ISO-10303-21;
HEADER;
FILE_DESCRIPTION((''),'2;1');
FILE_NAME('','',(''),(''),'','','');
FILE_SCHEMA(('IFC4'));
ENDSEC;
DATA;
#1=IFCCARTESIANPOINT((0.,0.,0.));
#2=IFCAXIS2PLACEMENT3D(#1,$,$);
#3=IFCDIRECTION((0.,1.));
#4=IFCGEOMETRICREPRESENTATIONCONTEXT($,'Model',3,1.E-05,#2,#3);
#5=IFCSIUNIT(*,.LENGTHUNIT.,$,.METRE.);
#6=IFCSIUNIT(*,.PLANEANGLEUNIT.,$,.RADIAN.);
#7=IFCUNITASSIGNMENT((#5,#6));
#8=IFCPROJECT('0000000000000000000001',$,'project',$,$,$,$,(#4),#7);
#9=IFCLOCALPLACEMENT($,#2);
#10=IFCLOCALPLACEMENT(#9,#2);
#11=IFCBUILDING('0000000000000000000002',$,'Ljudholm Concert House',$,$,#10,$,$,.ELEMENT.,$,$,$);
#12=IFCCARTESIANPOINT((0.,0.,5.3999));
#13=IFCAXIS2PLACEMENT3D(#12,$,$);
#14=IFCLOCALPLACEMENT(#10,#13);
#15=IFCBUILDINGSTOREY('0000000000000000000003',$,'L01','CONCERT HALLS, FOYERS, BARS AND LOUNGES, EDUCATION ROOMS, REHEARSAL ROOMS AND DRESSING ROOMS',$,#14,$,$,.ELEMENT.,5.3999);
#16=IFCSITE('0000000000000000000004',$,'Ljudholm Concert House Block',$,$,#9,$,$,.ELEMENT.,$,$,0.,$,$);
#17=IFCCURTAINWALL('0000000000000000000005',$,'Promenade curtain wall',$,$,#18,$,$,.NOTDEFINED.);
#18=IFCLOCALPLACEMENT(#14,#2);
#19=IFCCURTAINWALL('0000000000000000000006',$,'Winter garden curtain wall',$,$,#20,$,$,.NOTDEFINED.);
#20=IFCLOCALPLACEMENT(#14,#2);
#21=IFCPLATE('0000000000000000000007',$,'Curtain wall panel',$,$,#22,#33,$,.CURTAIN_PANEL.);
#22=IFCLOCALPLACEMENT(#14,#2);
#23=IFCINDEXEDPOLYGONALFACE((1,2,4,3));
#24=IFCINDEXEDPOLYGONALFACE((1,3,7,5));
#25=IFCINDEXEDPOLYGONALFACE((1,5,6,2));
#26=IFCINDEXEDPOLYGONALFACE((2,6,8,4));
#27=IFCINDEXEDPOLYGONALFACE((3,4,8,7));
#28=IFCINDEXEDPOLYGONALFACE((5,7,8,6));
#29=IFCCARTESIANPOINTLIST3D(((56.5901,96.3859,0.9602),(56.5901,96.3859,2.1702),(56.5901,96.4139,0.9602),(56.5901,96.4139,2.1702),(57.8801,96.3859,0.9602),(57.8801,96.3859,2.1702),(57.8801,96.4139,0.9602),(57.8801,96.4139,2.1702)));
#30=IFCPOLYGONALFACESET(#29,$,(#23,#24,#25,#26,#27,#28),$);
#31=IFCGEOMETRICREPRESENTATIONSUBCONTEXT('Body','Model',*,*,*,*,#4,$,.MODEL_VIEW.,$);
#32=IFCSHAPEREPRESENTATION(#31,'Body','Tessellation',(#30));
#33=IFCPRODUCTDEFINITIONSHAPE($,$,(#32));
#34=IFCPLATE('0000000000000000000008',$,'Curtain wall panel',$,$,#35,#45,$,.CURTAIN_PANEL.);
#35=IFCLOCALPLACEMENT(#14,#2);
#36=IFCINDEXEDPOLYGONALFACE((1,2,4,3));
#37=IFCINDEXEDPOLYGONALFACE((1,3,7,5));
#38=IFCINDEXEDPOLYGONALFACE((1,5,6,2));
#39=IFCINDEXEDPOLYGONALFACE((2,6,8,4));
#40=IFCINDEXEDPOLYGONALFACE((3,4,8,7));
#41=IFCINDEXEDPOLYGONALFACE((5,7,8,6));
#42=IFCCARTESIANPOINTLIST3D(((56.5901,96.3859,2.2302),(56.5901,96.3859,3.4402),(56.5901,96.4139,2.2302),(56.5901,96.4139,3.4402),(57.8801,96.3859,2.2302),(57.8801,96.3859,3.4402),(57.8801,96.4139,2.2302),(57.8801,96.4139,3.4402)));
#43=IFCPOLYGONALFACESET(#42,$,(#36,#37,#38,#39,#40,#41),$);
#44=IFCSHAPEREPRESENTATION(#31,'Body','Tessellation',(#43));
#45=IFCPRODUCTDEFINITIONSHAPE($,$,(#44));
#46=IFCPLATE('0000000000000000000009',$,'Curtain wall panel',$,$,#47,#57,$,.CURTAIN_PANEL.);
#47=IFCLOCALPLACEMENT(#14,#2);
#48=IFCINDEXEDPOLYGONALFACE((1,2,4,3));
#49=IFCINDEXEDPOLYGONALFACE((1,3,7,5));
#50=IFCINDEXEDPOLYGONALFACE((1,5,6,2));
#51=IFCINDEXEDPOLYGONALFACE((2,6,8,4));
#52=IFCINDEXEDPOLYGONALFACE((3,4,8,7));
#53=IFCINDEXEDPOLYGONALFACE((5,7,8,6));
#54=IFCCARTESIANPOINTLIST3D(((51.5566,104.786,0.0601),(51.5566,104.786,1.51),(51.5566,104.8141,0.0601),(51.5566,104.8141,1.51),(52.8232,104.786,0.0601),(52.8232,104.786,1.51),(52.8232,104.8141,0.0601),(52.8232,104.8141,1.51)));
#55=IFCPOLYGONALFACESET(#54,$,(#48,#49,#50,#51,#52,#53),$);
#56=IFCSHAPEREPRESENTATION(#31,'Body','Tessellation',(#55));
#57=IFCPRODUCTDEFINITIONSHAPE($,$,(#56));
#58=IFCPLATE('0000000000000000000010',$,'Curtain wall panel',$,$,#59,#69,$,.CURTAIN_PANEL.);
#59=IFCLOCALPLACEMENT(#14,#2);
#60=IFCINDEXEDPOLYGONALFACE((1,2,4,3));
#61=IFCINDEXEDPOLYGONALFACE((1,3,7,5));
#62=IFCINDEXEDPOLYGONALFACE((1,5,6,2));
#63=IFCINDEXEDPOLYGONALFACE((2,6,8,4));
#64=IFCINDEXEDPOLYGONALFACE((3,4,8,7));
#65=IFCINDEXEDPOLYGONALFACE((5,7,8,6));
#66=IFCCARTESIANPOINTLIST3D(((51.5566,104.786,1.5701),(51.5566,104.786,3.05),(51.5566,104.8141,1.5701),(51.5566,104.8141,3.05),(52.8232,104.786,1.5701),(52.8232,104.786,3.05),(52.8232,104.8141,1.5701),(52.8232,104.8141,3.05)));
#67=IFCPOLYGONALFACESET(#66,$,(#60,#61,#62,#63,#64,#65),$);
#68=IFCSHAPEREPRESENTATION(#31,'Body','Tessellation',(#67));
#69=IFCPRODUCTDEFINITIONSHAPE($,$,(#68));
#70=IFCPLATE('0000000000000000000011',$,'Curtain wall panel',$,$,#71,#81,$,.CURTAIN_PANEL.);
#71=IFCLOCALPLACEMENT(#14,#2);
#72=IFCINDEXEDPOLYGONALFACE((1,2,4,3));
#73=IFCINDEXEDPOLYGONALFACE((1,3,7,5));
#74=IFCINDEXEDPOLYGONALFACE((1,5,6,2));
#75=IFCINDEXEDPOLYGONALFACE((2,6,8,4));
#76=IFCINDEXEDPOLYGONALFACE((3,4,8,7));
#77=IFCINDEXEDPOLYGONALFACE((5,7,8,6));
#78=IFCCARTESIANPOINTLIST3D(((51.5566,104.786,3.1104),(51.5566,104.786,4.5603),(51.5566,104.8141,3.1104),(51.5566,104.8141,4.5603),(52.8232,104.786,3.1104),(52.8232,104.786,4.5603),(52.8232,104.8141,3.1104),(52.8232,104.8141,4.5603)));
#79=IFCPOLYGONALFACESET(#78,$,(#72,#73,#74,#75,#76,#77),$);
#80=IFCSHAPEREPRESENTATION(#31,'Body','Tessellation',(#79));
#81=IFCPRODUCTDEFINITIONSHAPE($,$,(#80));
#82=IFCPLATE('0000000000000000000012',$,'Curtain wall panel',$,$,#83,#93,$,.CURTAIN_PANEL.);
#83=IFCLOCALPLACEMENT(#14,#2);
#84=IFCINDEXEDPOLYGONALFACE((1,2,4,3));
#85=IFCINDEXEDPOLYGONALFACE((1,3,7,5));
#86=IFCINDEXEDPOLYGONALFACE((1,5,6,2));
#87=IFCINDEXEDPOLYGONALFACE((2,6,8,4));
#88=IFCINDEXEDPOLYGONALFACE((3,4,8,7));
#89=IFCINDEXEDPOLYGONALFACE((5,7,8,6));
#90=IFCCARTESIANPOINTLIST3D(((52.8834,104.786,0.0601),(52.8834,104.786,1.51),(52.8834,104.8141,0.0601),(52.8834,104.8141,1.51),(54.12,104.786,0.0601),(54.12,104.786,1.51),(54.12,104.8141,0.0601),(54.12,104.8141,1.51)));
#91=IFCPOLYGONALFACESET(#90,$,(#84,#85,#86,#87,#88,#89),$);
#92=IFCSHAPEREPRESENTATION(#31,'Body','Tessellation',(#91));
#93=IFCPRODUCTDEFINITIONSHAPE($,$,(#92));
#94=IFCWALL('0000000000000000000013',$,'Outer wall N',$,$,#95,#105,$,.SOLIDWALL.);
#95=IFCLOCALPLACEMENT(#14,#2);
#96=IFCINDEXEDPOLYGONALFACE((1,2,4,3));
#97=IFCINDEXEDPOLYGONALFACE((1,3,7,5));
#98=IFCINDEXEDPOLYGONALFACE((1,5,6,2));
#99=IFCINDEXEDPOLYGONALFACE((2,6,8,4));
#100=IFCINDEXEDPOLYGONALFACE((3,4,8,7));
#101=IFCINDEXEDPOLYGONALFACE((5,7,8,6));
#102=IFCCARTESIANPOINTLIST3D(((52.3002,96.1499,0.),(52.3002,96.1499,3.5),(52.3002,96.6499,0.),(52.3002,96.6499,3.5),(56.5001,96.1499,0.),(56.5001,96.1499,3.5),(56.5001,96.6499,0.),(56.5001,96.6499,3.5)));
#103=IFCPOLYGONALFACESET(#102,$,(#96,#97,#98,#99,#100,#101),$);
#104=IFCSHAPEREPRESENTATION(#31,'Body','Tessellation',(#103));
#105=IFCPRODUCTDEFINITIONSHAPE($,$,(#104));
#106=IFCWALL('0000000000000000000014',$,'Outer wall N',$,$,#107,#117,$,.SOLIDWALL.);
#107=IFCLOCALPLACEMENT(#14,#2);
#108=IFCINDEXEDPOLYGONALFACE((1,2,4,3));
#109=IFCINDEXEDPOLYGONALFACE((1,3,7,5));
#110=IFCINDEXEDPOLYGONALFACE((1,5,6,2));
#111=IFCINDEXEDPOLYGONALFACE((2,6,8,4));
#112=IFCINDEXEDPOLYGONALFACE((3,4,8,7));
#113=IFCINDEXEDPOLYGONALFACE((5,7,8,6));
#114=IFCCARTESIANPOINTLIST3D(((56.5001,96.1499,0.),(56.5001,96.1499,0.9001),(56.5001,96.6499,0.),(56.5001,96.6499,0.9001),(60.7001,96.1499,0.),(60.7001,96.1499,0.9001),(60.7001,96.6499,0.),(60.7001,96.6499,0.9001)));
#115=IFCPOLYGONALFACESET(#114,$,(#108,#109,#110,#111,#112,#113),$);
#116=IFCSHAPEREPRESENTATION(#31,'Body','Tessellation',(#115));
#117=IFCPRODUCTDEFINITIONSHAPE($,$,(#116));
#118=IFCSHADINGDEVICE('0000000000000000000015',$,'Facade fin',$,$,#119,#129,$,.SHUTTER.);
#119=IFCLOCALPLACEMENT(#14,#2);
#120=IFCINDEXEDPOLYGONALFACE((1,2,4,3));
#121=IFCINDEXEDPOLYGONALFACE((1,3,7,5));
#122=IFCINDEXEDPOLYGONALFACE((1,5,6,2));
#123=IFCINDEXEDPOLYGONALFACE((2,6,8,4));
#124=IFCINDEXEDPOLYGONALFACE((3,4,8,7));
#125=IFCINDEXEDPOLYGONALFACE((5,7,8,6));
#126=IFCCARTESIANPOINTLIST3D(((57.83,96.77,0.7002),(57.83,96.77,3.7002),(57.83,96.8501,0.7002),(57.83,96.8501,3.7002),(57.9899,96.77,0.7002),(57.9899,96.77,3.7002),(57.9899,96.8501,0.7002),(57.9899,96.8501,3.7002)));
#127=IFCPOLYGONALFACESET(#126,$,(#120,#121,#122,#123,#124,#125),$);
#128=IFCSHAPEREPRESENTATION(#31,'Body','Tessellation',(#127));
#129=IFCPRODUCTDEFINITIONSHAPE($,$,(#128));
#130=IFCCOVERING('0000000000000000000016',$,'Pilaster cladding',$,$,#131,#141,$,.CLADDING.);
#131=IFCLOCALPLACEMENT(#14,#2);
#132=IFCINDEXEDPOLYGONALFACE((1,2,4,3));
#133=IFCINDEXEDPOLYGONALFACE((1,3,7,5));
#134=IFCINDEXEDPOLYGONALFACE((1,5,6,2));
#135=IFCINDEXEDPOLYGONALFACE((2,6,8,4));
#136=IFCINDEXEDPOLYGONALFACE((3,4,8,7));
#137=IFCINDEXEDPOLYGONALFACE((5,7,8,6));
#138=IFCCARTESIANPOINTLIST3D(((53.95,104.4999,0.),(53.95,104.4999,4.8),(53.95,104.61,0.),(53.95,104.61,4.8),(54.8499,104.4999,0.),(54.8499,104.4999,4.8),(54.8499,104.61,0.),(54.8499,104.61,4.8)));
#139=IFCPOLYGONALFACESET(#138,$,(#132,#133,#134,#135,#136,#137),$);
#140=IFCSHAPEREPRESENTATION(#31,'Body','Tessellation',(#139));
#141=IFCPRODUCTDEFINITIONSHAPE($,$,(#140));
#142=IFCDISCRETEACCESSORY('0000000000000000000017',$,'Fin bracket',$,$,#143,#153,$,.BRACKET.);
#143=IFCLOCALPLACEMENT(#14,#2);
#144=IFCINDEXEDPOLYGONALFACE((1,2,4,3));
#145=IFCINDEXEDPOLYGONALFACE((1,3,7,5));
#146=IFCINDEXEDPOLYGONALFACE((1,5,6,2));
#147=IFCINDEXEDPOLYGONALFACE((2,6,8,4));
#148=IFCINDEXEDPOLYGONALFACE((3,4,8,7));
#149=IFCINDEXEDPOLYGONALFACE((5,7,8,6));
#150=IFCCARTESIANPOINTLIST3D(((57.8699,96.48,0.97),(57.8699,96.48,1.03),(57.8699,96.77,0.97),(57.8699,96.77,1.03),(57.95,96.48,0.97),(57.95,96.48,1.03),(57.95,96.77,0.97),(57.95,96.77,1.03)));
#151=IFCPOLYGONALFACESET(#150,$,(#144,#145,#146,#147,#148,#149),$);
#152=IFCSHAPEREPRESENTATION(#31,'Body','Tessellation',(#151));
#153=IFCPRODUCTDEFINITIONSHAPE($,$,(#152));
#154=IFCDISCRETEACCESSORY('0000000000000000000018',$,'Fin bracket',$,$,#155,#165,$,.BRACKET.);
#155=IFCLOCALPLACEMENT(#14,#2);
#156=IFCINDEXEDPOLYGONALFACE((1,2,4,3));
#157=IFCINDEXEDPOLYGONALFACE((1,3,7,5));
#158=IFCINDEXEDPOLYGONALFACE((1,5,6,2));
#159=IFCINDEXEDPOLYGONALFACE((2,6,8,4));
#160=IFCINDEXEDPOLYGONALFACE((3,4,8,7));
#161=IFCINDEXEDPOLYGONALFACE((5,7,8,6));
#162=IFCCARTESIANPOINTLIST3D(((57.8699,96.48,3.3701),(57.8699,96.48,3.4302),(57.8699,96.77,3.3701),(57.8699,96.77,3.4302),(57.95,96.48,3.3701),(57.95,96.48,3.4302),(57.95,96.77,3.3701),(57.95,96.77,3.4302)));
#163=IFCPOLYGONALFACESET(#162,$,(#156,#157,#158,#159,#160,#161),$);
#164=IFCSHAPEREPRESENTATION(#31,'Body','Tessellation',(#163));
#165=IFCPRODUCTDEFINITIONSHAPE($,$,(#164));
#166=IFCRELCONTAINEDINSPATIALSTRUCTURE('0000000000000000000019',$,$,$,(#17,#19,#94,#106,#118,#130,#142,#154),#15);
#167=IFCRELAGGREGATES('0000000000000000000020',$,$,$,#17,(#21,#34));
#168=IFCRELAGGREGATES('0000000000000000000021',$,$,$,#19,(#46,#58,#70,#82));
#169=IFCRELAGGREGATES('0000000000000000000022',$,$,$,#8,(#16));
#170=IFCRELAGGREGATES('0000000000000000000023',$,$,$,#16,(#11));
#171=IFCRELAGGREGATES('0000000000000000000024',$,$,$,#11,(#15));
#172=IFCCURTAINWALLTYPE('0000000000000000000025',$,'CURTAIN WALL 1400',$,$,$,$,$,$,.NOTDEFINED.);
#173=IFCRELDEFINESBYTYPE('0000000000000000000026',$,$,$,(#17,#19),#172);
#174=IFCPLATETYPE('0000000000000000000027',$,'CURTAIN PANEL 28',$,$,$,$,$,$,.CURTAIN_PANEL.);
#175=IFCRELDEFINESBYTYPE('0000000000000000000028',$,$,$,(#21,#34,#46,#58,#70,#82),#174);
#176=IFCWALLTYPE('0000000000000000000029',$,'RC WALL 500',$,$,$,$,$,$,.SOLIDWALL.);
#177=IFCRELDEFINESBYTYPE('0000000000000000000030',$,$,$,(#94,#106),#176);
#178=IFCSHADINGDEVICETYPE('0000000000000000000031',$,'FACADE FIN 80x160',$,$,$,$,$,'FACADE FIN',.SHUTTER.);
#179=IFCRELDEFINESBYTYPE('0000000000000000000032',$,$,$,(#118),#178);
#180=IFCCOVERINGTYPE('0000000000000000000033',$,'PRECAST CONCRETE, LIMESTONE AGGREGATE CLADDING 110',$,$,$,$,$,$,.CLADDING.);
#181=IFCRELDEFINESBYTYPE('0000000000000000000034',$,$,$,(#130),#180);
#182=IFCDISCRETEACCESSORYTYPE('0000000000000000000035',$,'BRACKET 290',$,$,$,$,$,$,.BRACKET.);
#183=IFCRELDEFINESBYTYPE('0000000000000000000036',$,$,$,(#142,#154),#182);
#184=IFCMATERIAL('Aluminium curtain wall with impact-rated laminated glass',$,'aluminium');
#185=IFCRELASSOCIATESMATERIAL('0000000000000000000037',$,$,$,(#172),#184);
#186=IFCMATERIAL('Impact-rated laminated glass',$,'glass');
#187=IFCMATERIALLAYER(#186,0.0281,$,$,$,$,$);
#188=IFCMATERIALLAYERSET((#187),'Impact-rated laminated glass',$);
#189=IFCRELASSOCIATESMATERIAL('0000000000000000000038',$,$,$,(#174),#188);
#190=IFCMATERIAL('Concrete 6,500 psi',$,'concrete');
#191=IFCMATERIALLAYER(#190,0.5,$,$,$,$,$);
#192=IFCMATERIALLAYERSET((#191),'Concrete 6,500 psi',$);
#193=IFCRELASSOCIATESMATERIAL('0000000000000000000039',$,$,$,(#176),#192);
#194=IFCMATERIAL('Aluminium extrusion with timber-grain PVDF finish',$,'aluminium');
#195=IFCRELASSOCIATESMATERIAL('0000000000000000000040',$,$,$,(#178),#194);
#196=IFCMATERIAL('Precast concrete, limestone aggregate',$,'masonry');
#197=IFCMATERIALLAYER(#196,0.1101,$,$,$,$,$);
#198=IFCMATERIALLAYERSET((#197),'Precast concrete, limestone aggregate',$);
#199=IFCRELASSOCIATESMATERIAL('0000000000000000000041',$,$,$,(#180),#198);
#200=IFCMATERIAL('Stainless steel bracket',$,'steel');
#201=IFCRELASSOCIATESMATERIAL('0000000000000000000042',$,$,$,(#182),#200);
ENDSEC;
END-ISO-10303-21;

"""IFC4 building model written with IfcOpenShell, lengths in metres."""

from ifc_helpers import new_model, si_unit, direction, frame, frame_2d, origin, origin_2d, place, context, subcontext, project, spatial, rectangle, extrude, material, layer, layer_set, type_object, element, aggregate, save


model = new_model("IFC4")

# Units and contexts
model_context = context("Model", 3, precision=1e-05, world=origin(), true_north=direction((0.0, 1.0)))
body_context = subcontext(model_context, "Body", "Model", "MODEL_VIEW")
ifc_project = project(units=[si_unit("LENGTHUNIT", "METRE"), si_unit("PLANEANGLEUNIT", "RADIAN")], contexts=[model_context])

# Site, building, storey
site_placement = place(None, origin())
site = spatial("IfcSite", under=ifc_project, at=site_placement, Name="Ljudholm Concert House Block", CompositionType="ELEMENT", RefElevation=0.0)
building_placement = place(site_placement, origin())
building = spatial("IfcBuilding", under=site, at=building_placement, Name="Ljudholm Concert House", CompositionType="ELEMENT")
storey_placement = place(building_placement, frame((0.0, 0.0, 5.3999)))
storey = spatial("IfcBuildingStorey", under=building, at=storey_placement, Name="L01", Description="CONCERT HALLS, FOYERS, BARS AND LOUNGES, EDUCATION ROOMS, REHEARSAL ROOMS AND DRESSING ROOMS", CompositionType="ELEMENT", Elevation=5.3999)

# Shared definitions
ifc_material_1 = material(Name="Aluminium curtain wall with impact-rated laminated glass", Category="aluminium")
curtain_wall_type = type_object("IfcCurtainWallType", Name="CURTAIN WALL 1400", PredefinedType="NOTDEFINED", material=ifc_material_1)

# Curtain wall
curtain_wall_1_placement = place(storey_placement, origin())
curtain_wall_1 = element("IfcCurtainWall", 1, at=curtain_wall_1_placement, inside=storey, type_object=curtain_wall_type, Name="Promenade curtain wall", PredefinedType="NOTDEFINED")

# Curtain wall
curtain_wall_2_placement = place(storey_placement, origin())
curtain_wall_2 = element("IfcCurtainWall", 2, at=curtain_wall_2_placement, inside=storey, type_object=curtain_wall_type, Name="Winter garden curtain wall", PredefinedType="NOTDEFINED")

# Plates
ifc_material_2 = material(Name="Impact-rated laminated glass", Category="glass")
ifc_layer_1 = layer(ifc_material_2, 0.0281)
ifc_layer_set_1 = layer_set([ifc_layer_1], Name="Impact-rated laminated glass")
plate_type = type_object("IfcPlateType", Name="CURTAIN PANEL 28", PredefinedType="CURTAIN_PANEL", material=ifc_layer_set_1)
plate_1_placement = place(storey_placement, frame((57.2351, 96.3999, 0.9602), z_axis=(0.0, 0.0, 1.0), x_axis=(1.0, 0.0, 0.0)))
plate_1 = element("IfcPlate", 3, at=plate_1_placement, type_object=plate_type, Name="Curtain wall panel", PredefinedType="CURTAIN_PANEL", context=body_context, shape_type="SweptSolid", body=[
    extrude(rectangle(XDim=1.29, YDim=0.0281, at=origin_2d()), origin(), (0.0, 0.0, 1.0), 1.21),
])
plate_2_placement = place(storey_placement, frame((57.2351, 96.3999, 2.2302), z_axis=(0.0, 0.0, 1.0), x_axis=(1.0, 0.0, 0.0)))
plate_2 = element("IfcPlate", 4, at=plate_2_placement, type_object=plate_type, Name="Curtain wall panel", PredefinedType="CURTAIN_PANEL", context=body_context, shape_type="SweptSolid", body=[
    extrude(rectangle(XDim=1.29, YDim=0.0281, at=origin_2d()), origin(), (0.0, 0.0, 1.0), 1.21),
])
aggregate(curtain_wall_1, [plate_1, plate_2])
plate_3_placement = place(storey_placement, frame((52.1899, 104.8, 0.0601), z_axis=(0.0, 0.0, 1.0), x_axis=(1.0, 0.0, 0.0)))
plate_3 = element("IfcPlate", 5, at=plate_3_placement, type_object=plate_type, Name="Curtain wall panel", PredefinedType="CURTAIN_PANEL", context=body_context, shape_type="SweptSolid", body=[
    extrude(rectangle(XDim=1.2666, YDim=0.0281, at=origin_2d()), origin(), (0.0, 0.0, 1.0), 1.45),
])
plate_4_placement = place(storey_placement, frame((52.1899, 104.8, 1.5701), z_axis=(0.0, 0.0, 1.0), x_axis=(1.0, 0.0, 0.0)))
plate_4 = element("IfcPlate", 6, at=plate_4_placement, type_object=plate_type, Name="Curtain wall panel", PredefinedType="CURTAIN_PANEL", context=body_context, shape_type="SweptSolid", body=[
    extrude(rectangle(XDim=1.2666, YDim=0.0281, at=origin_2d()), origin(), (0.0, 0.0, 1.0), 1.48),
])
plate_5_placement = place(storey_placement, frame((52.1899, 104.8, 3.1104), z_axis=(0.0, 0.0, 1.0), x_axis=(1.0, 0.0, 0.0)))
plate_5 = element("IfcPlate", 7, at=plate_5_placement, type_object=plate_type, Name="Curtain wall panel", PredefinedType="CURTAIN_PANEL", context=body_context, shape_type="SweptSolid", body=[
    extrude(rectangle(XDim=1.2666, YDim=0.0281, at=origin_2d()), origin(), (0.0, 0.0, 1.0), 1.45),
])
plate_6_placement = place(storey_placement, frame((53.5017, 104.8, 0.0601), z_axis=(0.0, 0.0, 1.0), x_axis=(1.0, 0.0, 0.0)))
plate_6 = element("IfcPlate", 8, at=plate_6_placement, type_object=plate_type, Name="Curtain wall panel", PredefinedType="CURTAIN_PANEL", context=body_context, shape_type="SweptSolid", body=[
    extrude(rectangle(XDim=1.2366, YDim=0.0281, at=origin_2d()), origin(), (0.0, 0.0, 1.0), 1.45),
])
aggregate(curtain_wall_2, [plate_3, plate_4, plate_5, plate_6])

# Walls
ifc_material_3 = material(Name="Concrete 6,500 psi", Category="concrete")
ifc_layer_2 = layer(ifc_material_3, 0.5)
ifc_layer_set_2 = layer_set([ifc_layer_2], Name="Concrete 6,500 psi")
wall_type = type_object("IfcWallType", Name="RC WALL 500", PredefinedType="SOLIDWALL", material=ifc_layer_set_2)
wall_1_placement = place(storey_placement, frame((52.3, 96.3999, 0.0), z_axis=(0.0, 0.0, 1.0), x_axis=(1.0, 0.0, 0.0)))
element("IfcWall", 9, at=wall_1_placement, inside=storey, type_object=wall_type, Name="Outer wall N", PredefinedType="SOLIDWALL", context=body_context, shape_type="SweptSolid", body=[
    extrude(rectangle(XDim=4.2, YDim=0.5, at=frame_2d((2.1001, 0.0))), origin(), (0.0, 0.0, 1.0), 3.5),
])
wall_2_placement = place(storey_placement, frame((56.5, 96.3999, 0.0), z_axis=(0.0, 0.0, 1.0), x_axis=(1.0, 0.0, 0.0)))
element("IfcWall", 10, at=wall_2_placement, inside=storey, type_object=wall_type, Name="Outer wall N", PredefinedType="SOLIDWALL", context=body_context, shape_type="SweptSolid", body=[
    extrude(rectangle(XDim=4.2, YDim=0.5, at=frame_2d((2.1001, 0.0))), origin(), (0.0, 0.0, 1.0), 0.9001),
])

# Shading device
ifc_material_4 = material(Name="Aluminium extrusion with timber-grain PVDF finish", Category="aluminium")
shading_device_type = type_object("IfcShadingDeviceType", Name="FACADE FIN 80x160", ElementType="FACADE FIN", PredefinedType="SHUTTER", material=ifc_material_4)
shading_device_placement = place(storey_placement, frame((57.9099, 96.8101, 0.7002), z_axis=(0.0, 0.0, 1.0), x_axis=(0.0, 1.0, 0.0)))
element("IfcShadingDevice", 11, at=shading_device_placement, inside=storey, type_object=shading_device_type, Name="Facade fin", PredefinedType="SHUTTER", context=body_context, shape_type="SweptSolid", body=[
    extrude(rectangle(XDim=0.0801, YDim=0.1599, at=origin_2d()), origin(), (0.0, 0.0, 1.0), 3.0),
])

# Covering
ifc_material_5 = material(Name="Precast concrete, limestone aggregate", Category="masonry")
ifc_layer_3 = layer(ifc_material_5, 0.1101)
ifc_layer_set_3 = layer_set([ifc_layer_3], Name="Precast concrete, limestone aggregate")
covering_type = type_object("IfcCoveringType", Name="PRECAST CONCRETE, LIMESTONE AGGREGATE CLADDING 110", PredefinedType="CLADDING", material=ifc_layer_set_3)
covering_placement = place(storey_placement, frame((54.3999, 104.5549, 0.0), z_axis=(0.0, 0.0, 1.0), x_axis=(0.0, -1.0, 0.0)))
element("IfcCovering", 12, at=covering_placement, inside=storey, type_object=covering_type, Name="Pilaster cladding", PredefinedType="CLADDING", context=body_context, shape_type="SweptSolid", body=[
    extrude(rectangle(XDim=0.1101, YDim=0.8999, at=origin_2d()), origin(), (0.0, 0.0, 1.0), 4.8),
])

# Discrete accessories
ifc_material_6 = material(Name="Stainless steel bracket", Category="steel")
discrete_accessory_type = type_object("IfcDiscreteAccessoryType", Name="BRACKET 290", PredefinedType="BRACKET", material=ifc_material_6)
for number, where, z_axis, x_axis, name in (
    (13, (57.9099, 96.625, 0.97), (0.0, 0.0, 1.0), (0.0, 1.0, 0.0), "Fin bracket"),
    (14, (57.9099, 96.625, 3.3701), (0.0, 0.0, 1.0), (0.0, 1.0, 0.0), "Fin bracket"),
):
    element("IfcDiscreteAccessory", number, at=place(storey_placement, frame(where, z_axis=z_axis, x_axis=x_axis)), inside=storey, type_object=discrete_accessory_type, Name=name, PredefinedType="BRACKET", context=body_context, shape_type="SweptSolid", body=[
        extrude(rectangle(XDim=0.29, YDim=0.0801, at=origin_2d()), origin(), (0.0, 0.0, 1.0), 0.0601),
    ])

save(model, "model.ifc")
